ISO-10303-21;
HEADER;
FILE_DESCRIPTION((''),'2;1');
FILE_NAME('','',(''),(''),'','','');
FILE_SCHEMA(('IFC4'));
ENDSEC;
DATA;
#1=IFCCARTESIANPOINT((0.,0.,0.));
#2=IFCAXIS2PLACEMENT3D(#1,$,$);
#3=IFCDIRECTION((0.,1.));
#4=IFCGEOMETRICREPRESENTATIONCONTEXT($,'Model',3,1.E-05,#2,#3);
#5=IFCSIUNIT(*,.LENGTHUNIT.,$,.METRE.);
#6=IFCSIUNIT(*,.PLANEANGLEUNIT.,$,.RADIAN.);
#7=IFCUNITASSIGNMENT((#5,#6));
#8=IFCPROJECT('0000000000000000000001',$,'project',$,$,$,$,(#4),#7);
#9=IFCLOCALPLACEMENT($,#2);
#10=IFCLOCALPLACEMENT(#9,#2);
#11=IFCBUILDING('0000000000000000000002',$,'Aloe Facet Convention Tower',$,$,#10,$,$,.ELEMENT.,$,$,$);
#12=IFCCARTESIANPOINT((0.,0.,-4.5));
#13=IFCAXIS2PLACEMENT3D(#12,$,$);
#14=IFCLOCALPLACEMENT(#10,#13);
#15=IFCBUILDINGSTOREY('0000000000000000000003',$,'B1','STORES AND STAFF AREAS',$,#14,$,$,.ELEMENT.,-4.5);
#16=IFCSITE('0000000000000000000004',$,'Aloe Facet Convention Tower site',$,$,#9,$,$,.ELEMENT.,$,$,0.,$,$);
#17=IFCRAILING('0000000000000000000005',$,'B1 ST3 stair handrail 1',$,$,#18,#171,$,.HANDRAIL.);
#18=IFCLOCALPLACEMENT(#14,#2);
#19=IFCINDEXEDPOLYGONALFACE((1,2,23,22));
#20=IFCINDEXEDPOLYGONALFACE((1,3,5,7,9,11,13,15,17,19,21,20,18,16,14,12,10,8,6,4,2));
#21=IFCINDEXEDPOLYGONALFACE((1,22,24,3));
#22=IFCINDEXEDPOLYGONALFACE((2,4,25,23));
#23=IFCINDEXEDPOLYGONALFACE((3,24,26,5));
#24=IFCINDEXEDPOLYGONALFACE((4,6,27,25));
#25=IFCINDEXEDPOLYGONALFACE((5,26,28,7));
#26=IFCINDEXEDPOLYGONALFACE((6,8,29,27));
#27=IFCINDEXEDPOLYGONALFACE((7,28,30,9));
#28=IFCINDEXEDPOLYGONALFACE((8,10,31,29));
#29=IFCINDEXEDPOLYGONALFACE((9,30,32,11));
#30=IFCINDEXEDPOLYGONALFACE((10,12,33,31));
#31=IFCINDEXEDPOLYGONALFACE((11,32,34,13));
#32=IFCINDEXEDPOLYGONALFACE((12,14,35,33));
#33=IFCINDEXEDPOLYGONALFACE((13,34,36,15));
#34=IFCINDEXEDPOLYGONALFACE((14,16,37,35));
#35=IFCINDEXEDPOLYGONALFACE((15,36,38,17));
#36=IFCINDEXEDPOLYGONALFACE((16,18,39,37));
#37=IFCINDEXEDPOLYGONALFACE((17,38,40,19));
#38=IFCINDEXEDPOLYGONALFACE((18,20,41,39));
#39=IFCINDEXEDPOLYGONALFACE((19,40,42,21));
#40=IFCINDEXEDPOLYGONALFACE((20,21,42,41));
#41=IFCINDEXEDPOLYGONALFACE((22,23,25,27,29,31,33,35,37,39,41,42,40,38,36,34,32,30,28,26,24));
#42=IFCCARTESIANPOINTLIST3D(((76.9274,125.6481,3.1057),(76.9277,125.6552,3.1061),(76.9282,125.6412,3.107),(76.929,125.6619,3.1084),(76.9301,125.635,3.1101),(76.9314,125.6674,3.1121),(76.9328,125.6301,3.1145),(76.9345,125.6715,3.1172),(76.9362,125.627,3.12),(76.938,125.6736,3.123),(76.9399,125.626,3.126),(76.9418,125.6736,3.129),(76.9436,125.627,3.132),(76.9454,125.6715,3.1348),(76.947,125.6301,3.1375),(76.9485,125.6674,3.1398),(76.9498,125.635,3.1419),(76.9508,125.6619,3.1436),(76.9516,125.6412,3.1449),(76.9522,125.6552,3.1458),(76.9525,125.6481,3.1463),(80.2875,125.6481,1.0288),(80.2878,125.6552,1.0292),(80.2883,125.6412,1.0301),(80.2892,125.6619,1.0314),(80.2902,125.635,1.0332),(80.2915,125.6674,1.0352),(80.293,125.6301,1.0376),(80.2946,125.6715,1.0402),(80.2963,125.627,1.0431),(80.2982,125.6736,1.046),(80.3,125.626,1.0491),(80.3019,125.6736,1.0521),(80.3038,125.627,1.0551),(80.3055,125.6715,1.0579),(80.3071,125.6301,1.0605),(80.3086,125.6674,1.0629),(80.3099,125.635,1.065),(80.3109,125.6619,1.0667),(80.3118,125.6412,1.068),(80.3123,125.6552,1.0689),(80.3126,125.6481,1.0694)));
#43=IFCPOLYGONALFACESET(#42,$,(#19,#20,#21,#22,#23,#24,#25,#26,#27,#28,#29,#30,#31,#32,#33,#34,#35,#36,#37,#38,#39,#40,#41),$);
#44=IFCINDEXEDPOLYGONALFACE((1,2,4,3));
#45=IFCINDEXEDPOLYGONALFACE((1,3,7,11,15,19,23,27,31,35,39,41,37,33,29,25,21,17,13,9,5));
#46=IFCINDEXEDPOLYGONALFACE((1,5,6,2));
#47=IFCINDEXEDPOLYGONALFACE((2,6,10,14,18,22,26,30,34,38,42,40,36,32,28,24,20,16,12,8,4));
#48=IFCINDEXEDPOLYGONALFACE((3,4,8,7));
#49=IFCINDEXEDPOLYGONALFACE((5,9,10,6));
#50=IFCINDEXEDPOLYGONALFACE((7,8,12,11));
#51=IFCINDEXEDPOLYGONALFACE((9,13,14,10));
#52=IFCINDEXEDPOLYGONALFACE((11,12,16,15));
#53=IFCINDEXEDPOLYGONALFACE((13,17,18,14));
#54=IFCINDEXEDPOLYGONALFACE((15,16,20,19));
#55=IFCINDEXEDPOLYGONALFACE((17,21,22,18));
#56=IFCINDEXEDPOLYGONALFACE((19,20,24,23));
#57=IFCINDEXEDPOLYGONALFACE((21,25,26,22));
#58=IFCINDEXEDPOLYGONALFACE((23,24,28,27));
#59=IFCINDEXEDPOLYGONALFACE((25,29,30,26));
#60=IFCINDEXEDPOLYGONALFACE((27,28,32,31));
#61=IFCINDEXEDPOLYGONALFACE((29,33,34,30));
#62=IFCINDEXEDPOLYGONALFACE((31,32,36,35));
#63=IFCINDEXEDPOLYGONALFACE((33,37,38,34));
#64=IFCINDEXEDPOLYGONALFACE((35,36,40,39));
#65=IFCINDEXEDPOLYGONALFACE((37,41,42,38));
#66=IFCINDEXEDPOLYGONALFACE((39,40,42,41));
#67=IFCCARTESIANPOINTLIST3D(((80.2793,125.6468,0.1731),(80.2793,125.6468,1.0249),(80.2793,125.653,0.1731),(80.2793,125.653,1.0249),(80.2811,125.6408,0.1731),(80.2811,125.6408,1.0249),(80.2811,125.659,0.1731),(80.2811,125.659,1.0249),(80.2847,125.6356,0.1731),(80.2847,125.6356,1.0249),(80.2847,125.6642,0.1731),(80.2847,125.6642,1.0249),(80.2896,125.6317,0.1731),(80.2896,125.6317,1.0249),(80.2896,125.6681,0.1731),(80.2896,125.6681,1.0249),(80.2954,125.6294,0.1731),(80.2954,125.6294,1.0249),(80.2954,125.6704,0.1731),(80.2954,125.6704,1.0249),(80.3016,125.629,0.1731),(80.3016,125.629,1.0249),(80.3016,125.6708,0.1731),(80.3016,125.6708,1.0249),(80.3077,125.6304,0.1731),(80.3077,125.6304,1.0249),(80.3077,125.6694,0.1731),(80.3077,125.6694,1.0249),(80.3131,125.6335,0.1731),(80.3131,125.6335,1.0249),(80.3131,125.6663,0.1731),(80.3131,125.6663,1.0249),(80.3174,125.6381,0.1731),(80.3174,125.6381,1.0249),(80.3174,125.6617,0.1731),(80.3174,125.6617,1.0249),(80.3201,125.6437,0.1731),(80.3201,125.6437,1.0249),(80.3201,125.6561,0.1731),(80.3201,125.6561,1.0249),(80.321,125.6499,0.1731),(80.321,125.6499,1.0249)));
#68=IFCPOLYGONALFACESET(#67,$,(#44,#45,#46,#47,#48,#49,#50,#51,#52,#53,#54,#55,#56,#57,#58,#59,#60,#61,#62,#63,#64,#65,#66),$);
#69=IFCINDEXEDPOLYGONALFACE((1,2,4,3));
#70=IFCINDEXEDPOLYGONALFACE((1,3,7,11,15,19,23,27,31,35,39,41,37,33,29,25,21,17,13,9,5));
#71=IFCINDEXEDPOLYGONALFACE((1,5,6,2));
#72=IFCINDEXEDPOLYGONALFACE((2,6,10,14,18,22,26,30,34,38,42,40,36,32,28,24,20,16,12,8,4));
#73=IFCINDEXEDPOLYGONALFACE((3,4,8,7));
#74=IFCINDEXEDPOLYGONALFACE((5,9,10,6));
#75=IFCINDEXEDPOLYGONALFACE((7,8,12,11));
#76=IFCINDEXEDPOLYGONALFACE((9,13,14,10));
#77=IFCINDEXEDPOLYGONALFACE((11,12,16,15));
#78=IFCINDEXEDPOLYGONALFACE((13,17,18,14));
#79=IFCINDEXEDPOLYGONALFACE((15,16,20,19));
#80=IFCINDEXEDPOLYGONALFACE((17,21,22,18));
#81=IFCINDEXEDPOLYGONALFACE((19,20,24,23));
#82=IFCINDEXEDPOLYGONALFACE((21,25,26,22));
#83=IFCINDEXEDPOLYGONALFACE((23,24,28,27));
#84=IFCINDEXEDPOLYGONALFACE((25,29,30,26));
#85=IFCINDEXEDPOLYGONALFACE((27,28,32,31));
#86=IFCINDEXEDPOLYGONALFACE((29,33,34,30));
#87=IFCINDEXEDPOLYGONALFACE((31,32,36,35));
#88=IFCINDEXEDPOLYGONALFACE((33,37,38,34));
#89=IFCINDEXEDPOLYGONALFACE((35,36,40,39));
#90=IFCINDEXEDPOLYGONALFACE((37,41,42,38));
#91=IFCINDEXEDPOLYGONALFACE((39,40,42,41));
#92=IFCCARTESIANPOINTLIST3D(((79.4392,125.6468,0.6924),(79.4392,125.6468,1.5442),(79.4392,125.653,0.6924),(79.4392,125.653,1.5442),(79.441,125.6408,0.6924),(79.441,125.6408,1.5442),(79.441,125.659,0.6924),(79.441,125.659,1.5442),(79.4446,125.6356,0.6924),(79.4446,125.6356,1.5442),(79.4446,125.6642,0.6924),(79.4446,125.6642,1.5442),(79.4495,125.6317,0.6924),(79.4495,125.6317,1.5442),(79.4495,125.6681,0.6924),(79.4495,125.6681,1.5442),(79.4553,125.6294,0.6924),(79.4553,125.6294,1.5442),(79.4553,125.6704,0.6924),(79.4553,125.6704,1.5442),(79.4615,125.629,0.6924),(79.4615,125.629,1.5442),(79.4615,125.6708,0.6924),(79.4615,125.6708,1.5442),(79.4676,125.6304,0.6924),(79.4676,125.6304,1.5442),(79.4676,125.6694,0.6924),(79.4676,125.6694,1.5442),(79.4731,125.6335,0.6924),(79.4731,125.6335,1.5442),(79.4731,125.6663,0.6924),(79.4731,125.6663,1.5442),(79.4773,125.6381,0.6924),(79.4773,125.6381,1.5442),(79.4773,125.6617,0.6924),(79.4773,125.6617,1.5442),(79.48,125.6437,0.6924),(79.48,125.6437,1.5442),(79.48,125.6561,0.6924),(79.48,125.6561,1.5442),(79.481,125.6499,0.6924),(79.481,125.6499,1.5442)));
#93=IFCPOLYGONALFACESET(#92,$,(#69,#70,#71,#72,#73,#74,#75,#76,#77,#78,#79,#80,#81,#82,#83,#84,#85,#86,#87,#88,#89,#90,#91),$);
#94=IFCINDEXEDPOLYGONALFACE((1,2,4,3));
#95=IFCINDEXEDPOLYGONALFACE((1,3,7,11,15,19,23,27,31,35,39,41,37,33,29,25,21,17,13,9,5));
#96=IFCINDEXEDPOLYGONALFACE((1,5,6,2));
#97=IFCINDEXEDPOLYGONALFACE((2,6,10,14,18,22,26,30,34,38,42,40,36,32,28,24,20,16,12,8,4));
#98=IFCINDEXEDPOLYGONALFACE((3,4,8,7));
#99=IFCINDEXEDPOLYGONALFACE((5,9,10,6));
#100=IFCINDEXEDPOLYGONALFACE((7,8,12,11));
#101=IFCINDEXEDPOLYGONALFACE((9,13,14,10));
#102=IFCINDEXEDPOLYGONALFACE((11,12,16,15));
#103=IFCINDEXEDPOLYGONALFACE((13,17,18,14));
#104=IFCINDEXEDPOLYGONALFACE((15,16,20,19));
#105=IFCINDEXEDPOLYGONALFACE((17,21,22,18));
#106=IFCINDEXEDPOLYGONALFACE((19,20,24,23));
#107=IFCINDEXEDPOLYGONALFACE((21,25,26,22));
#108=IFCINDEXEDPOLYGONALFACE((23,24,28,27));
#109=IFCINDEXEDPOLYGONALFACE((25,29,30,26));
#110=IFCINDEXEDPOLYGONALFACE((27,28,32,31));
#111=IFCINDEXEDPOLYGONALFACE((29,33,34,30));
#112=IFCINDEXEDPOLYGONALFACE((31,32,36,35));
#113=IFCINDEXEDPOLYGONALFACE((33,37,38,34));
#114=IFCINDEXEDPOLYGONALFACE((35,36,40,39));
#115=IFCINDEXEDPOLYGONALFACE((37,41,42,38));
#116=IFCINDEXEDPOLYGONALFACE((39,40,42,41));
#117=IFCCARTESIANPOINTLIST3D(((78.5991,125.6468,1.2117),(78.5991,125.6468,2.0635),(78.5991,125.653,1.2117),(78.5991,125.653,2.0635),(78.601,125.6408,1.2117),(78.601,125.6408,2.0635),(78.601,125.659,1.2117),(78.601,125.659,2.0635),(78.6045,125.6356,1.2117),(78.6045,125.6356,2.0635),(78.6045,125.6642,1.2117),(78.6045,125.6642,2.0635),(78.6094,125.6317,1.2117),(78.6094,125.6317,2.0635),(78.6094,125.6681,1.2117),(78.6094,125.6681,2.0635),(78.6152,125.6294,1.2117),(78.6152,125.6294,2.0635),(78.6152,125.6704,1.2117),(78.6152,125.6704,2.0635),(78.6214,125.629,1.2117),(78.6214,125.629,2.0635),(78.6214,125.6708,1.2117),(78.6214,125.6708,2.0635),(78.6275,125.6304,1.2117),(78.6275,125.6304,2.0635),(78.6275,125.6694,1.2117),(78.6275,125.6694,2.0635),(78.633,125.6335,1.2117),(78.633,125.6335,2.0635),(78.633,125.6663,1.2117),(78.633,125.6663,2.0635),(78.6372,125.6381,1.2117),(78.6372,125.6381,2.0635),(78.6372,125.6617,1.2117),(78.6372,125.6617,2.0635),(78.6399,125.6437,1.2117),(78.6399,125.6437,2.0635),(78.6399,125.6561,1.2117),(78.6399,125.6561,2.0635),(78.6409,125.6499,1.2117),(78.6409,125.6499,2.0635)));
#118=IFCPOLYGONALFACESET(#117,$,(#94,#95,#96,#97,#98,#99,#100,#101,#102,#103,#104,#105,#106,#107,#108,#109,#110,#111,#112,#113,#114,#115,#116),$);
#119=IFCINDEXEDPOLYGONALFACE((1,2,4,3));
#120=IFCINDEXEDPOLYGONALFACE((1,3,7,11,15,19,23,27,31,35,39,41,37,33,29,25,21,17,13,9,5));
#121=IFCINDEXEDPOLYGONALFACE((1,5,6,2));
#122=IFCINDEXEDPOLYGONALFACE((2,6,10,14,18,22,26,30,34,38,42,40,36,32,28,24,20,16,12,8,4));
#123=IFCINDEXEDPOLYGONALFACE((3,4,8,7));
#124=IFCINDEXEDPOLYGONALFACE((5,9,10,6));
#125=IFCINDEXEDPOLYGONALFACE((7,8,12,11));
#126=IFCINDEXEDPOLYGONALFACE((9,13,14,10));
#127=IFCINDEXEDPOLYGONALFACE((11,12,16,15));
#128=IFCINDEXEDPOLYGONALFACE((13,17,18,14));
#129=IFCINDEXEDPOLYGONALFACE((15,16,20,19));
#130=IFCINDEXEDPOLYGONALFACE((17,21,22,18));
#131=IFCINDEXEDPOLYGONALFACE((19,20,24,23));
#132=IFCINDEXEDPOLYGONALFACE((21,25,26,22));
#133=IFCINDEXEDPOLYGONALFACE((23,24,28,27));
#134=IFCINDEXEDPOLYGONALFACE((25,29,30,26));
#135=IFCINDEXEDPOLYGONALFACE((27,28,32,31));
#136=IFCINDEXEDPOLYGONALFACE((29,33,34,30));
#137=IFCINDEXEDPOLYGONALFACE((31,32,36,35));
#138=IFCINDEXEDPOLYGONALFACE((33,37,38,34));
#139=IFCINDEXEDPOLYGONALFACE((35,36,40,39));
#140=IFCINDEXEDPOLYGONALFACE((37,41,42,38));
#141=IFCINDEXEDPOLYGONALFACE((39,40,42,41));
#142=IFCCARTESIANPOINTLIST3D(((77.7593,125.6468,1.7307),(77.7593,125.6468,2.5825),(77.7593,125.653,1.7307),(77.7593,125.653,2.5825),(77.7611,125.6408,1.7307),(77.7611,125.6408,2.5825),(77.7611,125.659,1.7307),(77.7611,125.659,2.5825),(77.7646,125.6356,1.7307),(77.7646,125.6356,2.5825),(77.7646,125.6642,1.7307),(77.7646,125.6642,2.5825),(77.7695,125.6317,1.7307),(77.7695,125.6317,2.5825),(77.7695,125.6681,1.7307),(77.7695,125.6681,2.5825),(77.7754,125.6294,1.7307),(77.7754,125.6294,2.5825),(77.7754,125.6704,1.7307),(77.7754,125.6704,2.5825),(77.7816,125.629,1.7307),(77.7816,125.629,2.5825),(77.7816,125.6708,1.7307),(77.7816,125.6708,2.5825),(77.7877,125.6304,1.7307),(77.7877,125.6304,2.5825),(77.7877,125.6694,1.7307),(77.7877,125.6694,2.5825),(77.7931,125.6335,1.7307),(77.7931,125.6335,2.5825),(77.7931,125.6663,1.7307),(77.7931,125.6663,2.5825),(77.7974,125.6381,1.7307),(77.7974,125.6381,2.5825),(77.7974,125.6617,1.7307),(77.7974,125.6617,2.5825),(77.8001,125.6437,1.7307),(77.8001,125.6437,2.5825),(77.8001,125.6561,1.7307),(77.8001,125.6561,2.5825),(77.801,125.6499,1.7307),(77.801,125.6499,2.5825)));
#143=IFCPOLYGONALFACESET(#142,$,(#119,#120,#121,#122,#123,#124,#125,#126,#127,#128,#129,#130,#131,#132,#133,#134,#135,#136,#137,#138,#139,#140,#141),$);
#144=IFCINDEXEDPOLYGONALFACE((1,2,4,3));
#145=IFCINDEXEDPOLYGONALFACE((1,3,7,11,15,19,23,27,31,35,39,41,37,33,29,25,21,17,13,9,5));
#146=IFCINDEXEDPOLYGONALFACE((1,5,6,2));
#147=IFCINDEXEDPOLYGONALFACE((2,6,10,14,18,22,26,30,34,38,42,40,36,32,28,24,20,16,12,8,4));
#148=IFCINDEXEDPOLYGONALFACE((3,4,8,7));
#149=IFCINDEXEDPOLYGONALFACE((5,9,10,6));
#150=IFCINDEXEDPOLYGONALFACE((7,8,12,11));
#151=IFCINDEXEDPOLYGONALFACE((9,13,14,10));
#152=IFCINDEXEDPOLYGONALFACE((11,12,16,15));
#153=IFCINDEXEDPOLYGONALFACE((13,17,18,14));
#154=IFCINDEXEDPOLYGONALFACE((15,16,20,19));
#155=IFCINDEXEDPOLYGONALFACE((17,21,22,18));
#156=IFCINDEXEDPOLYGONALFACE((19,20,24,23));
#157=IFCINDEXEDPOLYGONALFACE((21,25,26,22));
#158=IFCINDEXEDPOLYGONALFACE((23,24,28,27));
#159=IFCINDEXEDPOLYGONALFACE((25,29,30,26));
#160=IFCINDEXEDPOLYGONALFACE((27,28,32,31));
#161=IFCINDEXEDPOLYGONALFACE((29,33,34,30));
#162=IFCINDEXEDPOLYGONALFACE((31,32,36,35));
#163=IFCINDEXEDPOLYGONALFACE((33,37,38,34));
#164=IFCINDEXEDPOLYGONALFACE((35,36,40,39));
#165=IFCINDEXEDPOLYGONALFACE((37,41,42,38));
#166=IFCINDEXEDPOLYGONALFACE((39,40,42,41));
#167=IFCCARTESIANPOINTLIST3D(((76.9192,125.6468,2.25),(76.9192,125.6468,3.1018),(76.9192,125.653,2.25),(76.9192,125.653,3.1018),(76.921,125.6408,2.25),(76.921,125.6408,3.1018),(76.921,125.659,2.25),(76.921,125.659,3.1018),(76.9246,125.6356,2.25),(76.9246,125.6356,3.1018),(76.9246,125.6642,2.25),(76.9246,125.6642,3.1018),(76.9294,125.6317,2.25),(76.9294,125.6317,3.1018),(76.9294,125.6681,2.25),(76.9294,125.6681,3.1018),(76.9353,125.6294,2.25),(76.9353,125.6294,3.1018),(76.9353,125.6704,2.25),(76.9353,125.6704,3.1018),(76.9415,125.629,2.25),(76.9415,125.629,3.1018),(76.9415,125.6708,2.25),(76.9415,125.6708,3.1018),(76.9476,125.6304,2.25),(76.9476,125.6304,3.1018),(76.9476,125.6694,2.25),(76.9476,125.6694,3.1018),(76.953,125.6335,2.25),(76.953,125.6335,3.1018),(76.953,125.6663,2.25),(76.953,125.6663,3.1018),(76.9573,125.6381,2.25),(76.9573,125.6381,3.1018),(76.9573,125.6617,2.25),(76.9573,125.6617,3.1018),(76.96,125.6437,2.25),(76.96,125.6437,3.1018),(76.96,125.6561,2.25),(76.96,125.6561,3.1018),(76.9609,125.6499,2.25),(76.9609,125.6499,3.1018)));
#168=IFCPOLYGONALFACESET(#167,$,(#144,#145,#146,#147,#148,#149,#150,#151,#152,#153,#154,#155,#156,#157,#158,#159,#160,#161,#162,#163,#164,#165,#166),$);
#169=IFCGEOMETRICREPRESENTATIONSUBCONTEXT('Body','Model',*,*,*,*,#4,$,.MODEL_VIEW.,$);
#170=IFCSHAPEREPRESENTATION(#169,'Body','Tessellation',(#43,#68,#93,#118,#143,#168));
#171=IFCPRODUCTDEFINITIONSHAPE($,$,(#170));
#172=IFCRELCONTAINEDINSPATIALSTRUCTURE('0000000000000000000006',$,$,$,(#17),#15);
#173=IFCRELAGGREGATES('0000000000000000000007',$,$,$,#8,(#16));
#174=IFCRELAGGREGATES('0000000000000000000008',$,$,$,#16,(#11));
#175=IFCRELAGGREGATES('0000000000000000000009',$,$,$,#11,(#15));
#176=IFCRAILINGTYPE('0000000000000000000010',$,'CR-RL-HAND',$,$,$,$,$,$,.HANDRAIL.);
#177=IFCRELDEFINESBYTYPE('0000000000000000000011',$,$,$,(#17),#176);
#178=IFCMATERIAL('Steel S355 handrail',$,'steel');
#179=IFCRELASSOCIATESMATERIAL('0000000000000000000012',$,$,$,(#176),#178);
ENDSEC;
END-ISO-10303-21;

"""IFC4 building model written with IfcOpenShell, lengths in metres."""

from ifc_helpers import new_model, si_unit, direction, frame, origin, origin_2d, place, context, subcontext, project, spatial, circle, extrude, material, type_object, element, save


model = new_model("IFC4")

# Units and contexts
model_context = context("Model", 3, precision=1e-05, world=origin(), true_north=direction((0.0, 1.0)))
body_context = subcontext(model_context, "Body", "Model", "MODEL_VIEW")
ifc_project = project(units=[si_unit("LENGTHUNIT", "METRE"), si_unit("PLANEANGLEUNIT", "RADIAN")], contexts=[model_context])

# Site, building, storey
site_placement = place(None, origin())
site = spatial("IfcSite", under=ifc_project, at=site_placement, Name="Aloe Facet Convention Tower site", CompositionType="ELEMENT", RefElevation=0.0)
building_placement = place(site_placement, origin())
building = spatial("IfcBuilding", under=site, at=building_placement, Name="Aloe Facet Convention Tower", CompositionType="ELEMENT")
storey_placement = place(building_placement, frame((0.0, 0.0, -4.5)))
storey = spatial("IfcBuildingStorey", under=building, at=storey_placement, Name="B1", Description="STORES AND STAFF AREAS", CompositionType="ELEMENT", Elevation=-4.5)

# Railing
ifc_material_1 = material(Name="Steel S355 handrail", Category="steel")
railing_type_1 = type_object("IfcRailingType", Name="CR-RL-HAND", PredefinedType="HANDRAIL", material=ifc_material_1)
railing_1_placement = place(storey_placement, frame((80.3, 125.6499, 0.1731)))
element("IfcRailing", 1, at=railing_1_placement, inside=storey, type_object=railing_type_1, Name="B1 ST3 stair handrail 1", PredefinedType="HANDRAIL", context=body_context, shape_type="SweptSolid", body=[
    extrude(circle(Radius=0.0239, at=origin_2d()), frame((0.0, 0.0, 0.876), z_axis=(-0.850623, 0.0, 0.525776), x_axis=(0.0, -1.0, 0.0)), (0.0, 0.0, 1.0), 3.9502),
    extrude(circle(Radius=0.021, at=origin_2d()), origin(), (0.0, 0.0, 1.0), 0.8518),
    extrude(circle(Radius=0.021, at=origin_2d()), frame((-0.8401, 0.0, 0.5193)), (0.0, 0.0, 1.0), 0.8518),
    extrude(circle(Radius=0.021, at=origin_2d()), frame((-1.6802, 0.0, 1.0386)), (0.0, 0.0, 1.0), 0.8518),
    extrude(circle(Radius=0.021, at=origin_2d()), frame((-2.52, 0.0, 1.5576)), (0.0, 0.0, 1.0), 0.8518),
    extrude(circle(Radius=0.021, at=origin_2d()), frame((-3.3601, 0.0, 2.0769)), (0.0, 0.0, 1.0), 0.8518),
])

save(model, "model.ifc")
